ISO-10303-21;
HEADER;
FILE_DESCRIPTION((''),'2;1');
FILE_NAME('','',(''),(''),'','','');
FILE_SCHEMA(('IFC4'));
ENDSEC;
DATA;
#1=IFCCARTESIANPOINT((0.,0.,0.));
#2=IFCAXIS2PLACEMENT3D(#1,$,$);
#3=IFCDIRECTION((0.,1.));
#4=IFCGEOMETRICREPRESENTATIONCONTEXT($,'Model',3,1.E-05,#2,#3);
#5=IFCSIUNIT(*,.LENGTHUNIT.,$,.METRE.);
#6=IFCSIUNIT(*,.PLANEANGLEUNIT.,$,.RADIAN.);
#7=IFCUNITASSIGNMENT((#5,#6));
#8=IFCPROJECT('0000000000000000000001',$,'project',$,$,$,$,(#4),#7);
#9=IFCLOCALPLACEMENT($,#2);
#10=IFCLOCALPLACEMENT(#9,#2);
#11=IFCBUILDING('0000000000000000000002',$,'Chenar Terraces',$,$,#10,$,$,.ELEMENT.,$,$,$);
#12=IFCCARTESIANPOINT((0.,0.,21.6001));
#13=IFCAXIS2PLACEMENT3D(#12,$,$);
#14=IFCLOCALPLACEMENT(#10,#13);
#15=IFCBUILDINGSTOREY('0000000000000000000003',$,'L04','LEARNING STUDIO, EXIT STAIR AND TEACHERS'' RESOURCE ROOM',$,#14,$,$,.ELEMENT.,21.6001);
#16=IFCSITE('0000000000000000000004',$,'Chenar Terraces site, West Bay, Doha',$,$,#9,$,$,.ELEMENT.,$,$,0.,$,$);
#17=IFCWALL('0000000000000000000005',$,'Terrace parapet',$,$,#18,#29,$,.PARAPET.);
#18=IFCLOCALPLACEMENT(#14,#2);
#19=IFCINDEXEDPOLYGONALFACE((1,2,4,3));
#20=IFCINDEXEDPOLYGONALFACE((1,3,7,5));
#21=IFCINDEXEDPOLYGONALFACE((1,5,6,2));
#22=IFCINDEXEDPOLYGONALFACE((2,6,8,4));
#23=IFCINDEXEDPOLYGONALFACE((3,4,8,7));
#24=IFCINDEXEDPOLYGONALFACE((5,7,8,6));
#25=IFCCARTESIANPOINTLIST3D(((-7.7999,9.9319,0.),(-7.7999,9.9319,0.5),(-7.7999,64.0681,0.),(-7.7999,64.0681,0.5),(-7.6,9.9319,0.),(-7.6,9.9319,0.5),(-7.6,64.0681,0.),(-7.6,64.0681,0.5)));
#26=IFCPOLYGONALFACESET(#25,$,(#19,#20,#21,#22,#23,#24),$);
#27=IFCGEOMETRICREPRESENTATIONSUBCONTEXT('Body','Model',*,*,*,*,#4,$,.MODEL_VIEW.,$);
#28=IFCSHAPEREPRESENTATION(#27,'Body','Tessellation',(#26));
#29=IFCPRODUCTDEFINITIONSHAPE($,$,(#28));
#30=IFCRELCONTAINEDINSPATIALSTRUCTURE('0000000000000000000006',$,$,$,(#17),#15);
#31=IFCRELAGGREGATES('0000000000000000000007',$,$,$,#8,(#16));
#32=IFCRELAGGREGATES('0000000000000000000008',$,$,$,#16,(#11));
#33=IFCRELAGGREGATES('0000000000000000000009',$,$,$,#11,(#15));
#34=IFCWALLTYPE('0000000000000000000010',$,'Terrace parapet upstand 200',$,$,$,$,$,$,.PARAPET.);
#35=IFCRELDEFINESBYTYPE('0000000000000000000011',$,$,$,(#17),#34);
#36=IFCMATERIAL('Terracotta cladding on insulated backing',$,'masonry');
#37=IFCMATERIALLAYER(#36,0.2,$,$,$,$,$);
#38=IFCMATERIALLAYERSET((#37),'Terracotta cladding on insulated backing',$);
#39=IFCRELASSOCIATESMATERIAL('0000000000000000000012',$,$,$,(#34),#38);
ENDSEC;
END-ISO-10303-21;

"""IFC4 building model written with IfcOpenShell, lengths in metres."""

from ifc_helpers import new_model, si_unit, direction, frame, frame_2d, origin, place, context, subcontext, project, spatial, rectangle, extrude, material, layer, layer_set, type_object, element, save


model = new_model("IFC4")

# Units and contexts
model_context = context("Model", 3, precision=1e-05, world=origin(), true_north=direction((0.0, 1.0)))
body_context = subcontext(model_context, "Body", "Model", "MODEL_VIEW")
ifc_project = project(units=[si_unit("LENGTHUNIT", "METRE"), si_unit("PLANEANGLEUNIT", "RADIAN")], contexts=[model_context])

# Site, building, storey
site_placement = place(None, origin())
site = spatial("IfcSite", under=ifc_project, at=site_placement, Name="Chenar Terraces site, West Bay, Doha", CompositionType="ELEMENT", RefElevation=0.0)
building_placement = place(site_placement, origin())
building = spatial("IfcBuilding", under=site, at=building_placement, Name="Chenar Terraces", CompositionType="ELEMENT")
storey_placement = place(building_placement, frame((0.0, 0.0, 21.6001)))
storey = spatial("IfcBuildingStorey", under=building, at=storey_placement, Name="L04", Description="LEARNING STUDIO, EXIT STAIR AND TEACHERS' RESOURCE ROOM", CompositionType="ELEMENT", Elevation=21.6001)

# Wall
ifc_material_1 = material(Name="Terracotta cladding on insulated backing", Category="masonry")
ifc_layer_1 = layer(ifc_material_1, 0.2)
ifc_layer_set_1 = layer_set([ifc_layer_1], Name="Terracotta cladding on insulated backing")
wall_type_1 = type_object("IfcWallType", Name="Terrace parapet upstand 200", PredefinedType="PARAPET", material=ifc_layer_set_1)
wall_1_placement = place(storey_placement, frame((-7.7, 9.9319, 0.0), z_axis=(0.0, 0.0, 1.0), x_axis=(0.0, 1.0, 0.0)))
element("IfcWall", 1, at=wall_1_placement, inside=storey, type_object=wall_type_1, Name="Terrace parapet", PredefinedType="PARAPET", context=body_context, shape_type="SweptSolid", body=[
    extrude(rectangle(XDim=54.1362, YDim=0.2, at=frame_2d((27.0681, 0.0))), origin(), (0.0, 0.0, 1.0), 0.5),
])

save(model, "model.ifc")
